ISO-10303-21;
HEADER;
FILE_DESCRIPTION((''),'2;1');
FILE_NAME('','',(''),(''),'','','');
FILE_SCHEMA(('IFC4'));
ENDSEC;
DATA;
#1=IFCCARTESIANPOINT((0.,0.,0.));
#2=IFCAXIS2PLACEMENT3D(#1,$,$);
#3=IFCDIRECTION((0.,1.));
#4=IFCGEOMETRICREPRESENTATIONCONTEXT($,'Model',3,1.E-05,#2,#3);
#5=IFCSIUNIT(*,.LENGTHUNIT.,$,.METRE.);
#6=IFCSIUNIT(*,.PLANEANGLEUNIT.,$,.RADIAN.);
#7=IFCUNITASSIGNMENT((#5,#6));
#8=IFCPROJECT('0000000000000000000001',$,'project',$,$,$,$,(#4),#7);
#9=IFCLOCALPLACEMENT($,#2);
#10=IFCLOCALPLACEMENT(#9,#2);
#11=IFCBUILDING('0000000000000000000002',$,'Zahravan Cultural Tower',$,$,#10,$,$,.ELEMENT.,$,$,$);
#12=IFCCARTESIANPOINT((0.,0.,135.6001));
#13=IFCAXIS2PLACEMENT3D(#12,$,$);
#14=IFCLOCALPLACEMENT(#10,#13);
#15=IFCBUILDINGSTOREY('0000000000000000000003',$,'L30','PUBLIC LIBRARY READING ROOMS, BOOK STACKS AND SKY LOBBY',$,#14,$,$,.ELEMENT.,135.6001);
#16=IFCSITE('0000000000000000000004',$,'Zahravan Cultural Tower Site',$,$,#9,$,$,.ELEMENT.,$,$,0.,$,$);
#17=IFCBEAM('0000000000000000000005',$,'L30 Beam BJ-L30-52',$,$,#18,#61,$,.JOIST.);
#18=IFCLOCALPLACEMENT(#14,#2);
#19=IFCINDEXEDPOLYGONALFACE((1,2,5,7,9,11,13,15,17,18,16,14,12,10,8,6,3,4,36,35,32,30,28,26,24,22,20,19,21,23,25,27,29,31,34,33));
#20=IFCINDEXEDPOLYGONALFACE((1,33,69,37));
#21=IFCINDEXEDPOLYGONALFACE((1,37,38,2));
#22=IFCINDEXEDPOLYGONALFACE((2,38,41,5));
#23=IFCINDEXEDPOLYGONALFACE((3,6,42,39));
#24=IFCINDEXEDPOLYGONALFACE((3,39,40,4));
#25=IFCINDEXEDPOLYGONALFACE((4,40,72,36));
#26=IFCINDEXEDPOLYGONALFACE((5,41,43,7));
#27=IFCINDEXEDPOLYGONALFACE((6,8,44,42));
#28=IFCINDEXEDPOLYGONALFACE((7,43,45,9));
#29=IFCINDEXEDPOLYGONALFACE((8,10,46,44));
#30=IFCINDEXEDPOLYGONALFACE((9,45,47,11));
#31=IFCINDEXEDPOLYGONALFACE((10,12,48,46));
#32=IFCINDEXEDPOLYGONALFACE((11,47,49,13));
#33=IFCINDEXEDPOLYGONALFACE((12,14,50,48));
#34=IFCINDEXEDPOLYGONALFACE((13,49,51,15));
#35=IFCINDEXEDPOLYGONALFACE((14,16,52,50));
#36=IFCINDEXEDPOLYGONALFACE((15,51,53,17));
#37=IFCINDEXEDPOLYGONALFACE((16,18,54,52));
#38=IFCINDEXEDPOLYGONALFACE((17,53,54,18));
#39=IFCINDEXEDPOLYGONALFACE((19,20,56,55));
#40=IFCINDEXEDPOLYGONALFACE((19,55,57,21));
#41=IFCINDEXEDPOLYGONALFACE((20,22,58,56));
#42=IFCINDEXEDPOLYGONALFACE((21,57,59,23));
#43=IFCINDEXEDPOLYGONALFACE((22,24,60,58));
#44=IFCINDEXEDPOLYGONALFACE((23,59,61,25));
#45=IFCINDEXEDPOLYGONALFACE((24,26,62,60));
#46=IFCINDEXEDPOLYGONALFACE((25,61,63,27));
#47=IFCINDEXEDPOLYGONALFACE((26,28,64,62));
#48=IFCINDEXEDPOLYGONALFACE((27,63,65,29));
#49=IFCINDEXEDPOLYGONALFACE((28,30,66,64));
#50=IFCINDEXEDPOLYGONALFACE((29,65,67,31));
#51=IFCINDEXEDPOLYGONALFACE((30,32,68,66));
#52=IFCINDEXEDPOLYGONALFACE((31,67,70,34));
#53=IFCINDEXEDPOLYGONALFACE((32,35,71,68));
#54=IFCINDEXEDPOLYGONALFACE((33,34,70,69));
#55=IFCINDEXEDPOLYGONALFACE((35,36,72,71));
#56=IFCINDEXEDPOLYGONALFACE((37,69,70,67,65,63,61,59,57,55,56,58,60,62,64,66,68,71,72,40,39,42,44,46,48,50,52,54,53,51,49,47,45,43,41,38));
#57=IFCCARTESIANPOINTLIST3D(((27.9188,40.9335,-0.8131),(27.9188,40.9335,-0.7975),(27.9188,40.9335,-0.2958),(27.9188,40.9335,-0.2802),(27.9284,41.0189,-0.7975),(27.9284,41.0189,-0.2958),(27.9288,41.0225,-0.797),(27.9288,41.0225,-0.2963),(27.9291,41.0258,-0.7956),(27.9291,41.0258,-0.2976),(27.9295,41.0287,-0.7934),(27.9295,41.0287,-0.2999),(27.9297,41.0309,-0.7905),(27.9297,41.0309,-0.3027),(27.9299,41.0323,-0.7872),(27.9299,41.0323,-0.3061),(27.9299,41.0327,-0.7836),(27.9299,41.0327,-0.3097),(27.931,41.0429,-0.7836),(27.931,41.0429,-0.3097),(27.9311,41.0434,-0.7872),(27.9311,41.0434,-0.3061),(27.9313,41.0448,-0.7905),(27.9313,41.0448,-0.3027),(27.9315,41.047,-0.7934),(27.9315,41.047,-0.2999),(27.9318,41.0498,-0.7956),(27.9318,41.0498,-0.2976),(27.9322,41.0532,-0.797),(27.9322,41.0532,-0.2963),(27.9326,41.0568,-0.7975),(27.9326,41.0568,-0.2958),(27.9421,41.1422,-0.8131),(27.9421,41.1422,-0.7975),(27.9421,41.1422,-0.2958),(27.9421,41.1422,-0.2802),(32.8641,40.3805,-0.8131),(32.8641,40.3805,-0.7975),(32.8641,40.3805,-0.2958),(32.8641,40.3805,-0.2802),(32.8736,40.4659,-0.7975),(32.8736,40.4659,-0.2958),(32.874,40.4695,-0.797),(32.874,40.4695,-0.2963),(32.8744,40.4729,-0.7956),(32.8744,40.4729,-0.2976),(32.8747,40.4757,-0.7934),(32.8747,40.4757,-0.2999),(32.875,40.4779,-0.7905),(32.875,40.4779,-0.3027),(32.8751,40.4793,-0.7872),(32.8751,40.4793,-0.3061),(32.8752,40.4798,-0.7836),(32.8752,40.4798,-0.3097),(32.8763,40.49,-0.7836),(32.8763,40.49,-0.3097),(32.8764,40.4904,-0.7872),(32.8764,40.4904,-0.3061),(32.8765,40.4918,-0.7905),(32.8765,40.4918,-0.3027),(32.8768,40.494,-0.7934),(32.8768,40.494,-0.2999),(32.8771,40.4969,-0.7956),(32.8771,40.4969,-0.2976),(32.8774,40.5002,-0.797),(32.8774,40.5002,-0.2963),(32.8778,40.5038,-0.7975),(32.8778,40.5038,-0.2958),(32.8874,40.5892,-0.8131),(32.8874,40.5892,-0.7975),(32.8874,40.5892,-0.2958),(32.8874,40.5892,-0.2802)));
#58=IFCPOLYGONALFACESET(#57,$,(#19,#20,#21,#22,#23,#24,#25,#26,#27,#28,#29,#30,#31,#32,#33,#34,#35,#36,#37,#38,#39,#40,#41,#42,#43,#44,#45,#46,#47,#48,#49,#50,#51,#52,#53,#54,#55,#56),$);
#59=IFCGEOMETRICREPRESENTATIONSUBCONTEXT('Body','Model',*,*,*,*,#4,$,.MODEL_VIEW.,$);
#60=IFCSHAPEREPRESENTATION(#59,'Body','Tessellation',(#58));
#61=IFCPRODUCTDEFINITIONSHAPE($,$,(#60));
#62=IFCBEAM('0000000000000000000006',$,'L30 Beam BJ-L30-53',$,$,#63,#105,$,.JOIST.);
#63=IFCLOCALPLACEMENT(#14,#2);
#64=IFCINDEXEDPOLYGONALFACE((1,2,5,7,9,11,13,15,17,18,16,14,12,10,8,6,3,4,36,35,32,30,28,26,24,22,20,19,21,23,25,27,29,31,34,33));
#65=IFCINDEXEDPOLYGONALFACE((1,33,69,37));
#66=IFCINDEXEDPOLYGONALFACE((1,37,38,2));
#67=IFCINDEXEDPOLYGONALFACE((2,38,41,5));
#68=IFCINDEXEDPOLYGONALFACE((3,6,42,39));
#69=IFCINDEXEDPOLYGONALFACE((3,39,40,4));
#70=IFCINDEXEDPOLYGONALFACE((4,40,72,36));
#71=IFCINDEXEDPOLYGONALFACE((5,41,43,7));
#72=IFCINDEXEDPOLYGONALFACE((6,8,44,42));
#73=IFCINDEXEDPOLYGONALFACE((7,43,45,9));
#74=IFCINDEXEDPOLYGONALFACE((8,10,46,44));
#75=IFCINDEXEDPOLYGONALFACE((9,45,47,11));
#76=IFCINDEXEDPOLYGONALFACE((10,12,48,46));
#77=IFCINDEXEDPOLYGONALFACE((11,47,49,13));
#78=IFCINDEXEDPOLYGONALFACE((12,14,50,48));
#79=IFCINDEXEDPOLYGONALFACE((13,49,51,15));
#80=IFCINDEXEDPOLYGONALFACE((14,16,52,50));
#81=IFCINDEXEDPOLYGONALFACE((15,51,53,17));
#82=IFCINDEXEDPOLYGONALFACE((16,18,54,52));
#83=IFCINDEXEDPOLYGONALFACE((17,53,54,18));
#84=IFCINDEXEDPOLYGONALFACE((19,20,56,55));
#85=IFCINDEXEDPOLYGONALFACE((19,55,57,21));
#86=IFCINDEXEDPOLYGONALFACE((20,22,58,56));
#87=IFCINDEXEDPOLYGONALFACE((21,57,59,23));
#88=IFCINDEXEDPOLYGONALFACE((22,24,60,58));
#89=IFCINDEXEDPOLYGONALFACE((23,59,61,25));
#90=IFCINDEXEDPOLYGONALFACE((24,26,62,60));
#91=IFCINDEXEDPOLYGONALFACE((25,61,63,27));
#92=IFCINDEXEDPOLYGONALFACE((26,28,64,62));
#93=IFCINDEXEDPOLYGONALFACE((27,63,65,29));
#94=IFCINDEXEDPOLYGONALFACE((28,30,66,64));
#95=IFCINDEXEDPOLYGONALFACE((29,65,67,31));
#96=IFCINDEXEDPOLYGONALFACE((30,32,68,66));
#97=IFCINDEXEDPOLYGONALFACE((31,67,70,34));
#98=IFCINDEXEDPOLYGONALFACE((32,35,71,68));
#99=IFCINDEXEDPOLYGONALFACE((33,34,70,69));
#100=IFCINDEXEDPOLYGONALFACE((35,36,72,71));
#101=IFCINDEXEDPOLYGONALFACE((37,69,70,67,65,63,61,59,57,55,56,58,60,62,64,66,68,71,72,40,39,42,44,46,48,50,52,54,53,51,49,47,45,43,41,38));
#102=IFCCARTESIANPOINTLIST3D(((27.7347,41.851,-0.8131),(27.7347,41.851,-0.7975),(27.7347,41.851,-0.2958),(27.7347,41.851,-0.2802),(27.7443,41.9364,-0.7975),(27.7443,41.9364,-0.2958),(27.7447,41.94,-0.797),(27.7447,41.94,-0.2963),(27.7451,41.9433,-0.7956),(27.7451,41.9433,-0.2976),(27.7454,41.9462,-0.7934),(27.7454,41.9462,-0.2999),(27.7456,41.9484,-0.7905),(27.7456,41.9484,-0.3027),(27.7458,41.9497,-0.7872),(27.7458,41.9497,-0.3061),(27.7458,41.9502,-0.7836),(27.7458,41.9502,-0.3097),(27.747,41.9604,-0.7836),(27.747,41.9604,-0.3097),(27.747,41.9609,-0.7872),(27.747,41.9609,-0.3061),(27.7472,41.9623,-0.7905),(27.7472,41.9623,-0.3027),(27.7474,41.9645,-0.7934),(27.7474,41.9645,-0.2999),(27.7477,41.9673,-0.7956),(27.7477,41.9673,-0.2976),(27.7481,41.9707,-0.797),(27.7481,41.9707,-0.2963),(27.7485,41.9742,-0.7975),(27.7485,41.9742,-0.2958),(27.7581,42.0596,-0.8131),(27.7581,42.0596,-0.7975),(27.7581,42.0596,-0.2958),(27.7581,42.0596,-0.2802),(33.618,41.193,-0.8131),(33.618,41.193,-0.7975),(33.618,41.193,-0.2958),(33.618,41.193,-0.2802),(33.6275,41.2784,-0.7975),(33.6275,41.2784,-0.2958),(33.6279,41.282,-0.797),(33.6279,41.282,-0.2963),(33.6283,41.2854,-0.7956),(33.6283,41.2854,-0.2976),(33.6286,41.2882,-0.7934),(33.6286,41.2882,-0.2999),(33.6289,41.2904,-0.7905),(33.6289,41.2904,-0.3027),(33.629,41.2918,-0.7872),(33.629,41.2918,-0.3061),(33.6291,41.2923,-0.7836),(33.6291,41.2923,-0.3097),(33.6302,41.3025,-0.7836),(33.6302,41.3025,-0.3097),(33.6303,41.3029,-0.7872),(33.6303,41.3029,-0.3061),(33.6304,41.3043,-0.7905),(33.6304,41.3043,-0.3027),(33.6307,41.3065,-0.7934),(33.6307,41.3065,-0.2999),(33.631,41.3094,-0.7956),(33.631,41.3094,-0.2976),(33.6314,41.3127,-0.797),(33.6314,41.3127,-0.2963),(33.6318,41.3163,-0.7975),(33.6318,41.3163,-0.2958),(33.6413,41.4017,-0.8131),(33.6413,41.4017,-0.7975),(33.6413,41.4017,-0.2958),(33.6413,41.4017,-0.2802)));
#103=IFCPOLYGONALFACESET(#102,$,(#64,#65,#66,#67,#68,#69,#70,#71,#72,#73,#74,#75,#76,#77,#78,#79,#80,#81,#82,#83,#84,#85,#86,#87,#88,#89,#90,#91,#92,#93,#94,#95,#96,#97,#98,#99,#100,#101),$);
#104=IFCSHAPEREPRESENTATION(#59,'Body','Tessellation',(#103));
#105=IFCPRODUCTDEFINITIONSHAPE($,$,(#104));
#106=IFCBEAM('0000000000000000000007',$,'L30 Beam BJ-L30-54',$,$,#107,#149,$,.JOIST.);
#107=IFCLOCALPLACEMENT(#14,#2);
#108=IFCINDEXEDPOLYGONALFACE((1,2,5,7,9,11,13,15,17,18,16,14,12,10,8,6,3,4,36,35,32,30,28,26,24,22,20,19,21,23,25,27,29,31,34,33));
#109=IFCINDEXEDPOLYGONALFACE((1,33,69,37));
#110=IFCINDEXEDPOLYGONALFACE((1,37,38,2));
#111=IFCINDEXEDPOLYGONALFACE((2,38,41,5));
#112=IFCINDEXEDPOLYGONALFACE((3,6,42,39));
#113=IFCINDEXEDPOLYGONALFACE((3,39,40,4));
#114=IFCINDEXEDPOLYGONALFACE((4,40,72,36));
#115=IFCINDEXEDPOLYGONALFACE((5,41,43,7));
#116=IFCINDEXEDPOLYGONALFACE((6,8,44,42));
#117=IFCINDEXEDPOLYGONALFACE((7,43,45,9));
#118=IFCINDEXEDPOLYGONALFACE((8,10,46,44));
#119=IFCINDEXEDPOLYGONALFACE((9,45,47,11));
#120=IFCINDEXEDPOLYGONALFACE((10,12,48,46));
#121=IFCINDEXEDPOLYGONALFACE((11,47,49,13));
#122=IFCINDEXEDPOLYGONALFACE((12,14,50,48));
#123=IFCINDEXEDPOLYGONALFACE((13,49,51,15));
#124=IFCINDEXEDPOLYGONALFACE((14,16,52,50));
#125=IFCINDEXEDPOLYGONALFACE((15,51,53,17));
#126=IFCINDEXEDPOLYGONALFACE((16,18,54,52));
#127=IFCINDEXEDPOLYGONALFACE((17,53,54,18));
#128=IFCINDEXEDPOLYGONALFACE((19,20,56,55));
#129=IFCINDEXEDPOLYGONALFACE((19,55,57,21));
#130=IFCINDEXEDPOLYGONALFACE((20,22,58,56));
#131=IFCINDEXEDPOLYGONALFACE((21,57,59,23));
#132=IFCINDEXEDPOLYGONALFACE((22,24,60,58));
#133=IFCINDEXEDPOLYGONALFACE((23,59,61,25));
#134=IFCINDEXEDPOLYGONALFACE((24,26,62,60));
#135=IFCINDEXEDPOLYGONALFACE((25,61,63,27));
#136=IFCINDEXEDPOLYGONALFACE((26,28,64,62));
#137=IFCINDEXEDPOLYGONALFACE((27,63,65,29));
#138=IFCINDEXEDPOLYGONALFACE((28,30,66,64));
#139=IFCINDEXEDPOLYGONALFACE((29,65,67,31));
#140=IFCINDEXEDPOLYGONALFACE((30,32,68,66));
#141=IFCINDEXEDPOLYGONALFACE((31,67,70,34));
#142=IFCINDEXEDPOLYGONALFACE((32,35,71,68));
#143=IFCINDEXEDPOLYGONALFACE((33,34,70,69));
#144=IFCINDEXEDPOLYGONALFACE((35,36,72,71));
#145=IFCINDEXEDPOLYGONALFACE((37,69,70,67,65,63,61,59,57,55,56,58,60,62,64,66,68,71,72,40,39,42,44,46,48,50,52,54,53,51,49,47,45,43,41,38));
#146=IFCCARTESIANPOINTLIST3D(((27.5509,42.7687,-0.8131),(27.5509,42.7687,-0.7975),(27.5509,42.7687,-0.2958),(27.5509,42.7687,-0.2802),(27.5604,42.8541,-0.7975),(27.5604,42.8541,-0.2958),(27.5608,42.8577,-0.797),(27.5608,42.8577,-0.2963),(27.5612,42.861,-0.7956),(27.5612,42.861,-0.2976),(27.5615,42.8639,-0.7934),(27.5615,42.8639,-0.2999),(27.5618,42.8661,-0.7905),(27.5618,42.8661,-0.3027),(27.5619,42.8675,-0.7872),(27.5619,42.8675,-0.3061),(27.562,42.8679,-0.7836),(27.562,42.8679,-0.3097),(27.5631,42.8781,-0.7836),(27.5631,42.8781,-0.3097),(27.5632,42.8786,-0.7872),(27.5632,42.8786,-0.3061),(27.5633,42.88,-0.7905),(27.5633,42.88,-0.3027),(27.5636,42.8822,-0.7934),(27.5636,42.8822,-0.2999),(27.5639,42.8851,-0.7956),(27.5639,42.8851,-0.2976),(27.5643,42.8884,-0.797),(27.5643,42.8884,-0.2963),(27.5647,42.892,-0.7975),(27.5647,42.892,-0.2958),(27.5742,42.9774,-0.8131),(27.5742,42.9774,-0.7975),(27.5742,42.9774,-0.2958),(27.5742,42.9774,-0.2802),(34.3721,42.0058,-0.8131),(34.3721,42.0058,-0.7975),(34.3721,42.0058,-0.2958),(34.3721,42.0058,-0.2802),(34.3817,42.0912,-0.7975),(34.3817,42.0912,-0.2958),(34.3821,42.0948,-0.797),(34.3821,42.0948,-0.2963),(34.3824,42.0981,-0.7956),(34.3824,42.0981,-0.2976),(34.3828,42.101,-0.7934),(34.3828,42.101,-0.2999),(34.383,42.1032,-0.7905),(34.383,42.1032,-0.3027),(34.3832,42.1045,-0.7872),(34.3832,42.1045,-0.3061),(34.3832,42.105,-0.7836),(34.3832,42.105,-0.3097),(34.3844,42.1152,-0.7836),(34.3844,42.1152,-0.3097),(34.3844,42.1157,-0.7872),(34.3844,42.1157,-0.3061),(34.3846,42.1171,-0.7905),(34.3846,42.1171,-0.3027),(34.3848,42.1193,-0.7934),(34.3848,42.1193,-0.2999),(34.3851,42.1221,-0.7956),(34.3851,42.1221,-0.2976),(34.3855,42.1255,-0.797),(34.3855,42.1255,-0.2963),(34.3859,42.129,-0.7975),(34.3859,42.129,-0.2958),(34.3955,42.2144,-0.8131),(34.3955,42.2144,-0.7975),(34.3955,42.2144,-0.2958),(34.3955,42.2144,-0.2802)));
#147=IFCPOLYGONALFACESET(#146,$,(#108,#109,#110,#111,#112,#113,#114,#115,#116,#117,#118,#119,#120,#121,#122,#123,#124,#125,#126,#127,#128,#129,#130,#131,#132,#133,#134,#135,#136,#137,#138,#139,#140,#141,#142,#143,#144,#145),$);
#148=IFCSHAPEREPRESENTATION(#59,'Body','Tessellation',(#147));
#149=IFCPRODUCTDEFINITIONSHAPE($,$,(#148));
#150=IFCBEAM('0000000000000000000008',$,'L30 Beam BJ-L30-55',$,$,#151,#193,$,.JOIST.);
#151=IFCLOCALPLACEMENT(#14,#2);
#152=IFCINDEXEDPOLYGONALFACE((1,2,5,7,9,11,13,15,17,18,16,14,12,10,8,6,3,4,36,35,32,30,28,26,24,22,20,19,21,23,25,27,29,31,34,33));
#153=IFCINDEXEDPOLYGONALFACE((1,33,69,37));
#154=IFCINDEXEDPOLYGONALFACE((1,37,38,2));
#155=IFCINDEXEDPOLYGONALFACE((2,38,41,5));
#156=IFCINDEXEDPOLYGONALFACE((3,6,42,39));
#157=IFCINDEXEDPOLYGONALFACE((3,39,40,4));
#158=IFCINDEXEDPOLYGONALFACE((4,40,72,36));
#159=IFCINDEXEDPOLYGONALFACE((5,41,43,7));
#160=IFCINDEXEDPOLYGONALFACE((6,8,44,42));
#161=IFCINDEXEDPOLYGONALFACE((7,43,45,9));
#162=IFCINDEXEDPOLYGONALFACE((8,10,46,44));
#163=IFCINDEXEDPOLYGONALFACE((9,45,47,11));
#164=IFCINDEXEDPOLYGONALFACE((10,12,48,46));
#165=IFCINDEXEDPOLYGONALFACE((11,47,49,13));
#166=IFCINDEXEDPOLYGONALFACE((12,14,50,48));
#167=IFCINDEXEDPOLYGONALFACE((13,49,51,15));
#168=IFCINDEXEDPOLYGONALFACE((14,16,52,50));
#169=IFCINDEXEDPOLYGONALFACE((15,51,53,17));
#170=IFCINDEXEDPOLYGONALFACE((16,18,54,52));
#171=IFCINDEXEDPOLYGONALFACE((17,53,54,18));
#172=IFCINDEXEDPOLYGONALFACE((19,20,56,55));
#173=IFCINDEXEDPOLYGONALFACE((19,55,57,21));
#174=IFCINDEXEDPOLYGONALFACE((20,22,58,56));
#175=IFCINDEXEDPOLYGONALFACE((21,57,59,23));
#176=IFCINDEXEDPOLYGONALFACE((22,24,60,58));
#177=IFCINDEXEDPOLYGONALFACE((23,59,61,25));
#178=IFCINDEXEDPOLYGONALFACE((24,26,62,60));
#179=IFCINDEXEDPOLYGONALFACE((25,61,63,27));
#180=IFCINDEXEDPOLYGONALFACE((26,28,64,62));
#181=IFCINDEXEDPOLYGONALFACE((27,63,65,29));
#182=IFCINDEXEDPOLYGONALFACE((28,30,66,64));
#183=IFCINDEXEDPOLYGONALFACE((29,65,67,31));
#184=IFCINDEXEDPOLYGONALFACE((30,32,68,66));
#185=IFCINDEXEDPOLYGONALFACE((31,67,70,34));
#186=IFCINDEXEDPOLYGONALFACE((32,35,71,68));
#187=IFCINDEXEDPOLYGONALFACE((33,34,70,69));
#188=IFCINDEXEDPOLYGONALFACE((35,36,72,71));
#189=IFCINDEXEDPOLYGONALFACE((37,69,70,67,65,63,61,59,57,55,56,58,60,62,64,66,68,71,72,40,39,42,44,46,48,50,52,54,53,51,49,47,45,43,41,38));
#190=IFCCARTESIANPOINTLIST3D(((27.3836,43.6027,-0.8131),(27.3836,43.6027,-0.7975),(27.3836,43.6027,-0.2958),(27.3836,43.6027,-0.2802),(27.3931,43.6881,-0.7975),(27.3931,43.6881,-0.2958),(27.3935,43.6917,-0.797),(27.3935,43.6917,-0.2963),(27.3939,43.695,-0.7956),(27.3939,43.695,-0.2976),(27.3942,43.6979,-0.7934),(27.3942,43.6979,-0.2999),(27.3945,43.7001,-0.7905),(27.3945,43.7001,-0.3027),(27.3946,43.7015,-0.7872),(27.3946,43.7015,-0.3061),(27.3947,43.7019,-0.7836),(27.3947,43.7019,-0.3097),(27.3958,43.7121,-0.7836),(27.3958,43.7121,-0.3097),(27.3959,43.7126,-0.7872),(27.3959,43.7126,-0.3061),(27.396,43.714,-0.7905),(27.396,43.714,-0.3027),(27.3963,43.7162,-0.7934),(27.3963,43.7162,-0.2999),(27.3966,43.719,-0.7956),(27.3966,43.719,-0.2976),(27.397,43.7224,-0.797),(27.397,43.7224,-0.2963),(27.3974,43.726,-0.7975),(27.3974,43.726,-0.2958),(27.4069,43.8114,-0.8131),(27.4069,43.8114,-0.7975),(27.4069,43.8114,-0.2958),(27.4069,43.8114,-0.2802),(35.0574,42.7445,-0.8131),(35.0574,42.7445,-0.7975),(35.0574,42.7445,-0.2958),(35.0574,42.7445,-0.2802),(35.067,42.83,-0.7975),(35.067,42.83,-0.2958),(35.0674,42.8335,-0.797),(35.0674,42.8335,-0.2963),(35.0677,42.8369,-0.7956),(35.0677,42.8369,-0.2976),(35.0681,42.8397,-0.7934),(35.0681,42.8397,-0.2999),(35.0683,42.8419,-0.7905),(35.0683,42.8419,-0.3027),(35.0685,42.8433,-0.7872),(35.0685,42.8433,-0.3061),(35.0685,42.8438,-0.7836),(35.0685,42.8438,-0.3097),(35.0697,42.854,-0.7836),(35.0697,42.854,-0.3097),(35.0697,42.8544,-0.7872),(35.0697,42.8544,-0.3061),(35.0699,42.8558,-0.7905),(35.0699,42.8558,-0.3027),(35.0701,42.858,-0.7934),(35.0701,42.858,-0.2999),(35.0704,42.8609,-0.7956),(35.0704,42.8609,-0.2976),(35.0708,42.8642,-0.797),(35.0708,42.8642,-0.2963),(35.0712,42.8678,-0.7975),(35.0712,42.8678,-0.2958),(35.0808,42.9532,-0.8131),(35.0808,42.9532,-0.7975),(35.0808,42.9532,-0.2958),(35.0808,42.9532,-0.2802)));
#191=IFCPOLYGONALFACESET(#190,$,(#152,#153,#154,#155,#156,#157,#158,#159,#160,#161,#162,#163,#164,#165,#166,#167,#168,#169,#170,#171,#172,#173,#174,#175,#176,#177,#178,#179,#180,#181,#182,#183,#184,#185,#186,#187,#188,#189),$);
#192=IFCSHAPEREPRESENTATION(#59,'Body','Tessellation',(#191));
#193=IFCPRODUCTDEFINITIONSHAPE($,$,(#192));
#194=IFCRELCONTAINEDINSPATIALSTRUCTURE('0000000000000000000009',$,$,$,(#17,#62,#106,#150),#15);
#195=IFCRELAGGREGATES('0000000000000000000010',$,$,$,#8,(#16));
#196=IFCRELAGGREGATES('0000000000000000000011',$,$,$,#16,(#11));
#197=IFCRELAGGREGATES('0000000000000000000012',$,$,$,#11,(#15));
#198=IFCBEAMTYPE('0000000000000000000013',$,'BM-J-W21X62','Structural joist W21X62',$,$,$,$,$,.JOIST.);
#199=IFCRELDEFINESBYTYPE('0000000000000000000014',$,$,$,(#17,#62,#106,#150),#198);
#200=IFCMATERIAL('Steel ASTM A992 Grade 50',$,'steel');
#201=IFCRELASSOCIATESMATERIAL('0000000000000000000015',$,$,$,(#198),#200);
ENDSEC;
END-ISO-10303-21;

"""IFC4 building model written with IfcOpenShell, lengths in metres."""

from ifc_helpers import new_model, si_unit, direction, frame, origin, origin_2d, place, context, subcontext, project, spatial, i_section, extrude, source, transform, mapped, material, material_profile, profile_set, type_object, element, save


model = new_model("IFC4")

# Units and contexts
model_context = context("Model", 3, precision=1e-05, world=origin(), true_north=direction((0.0, 1.0)))
body_context = subcontext(model_context, "Body", "Model", "MODEL_VIEW")
ifc_project = project(units=[si_unit("LENGTHUNIT", "METRE"), si_unit("PLANEANGLEUNIT", "RADIAN")], contexts=[model_context])

# Site, building, storey
site_placement = place(None, origin())
site = spatial("IfcSite", under=ifc_project, at=site_placement, Name="Zahravan Cultural Tower Site", CompositionType="ELEMENT", RefElevation=0.0)
building_placement = place(site_placement, origin())
building = spatial("IfcBuilding", under=site, at=building_placement, Name="Zahravan Cultural Tower", CompositionType="ELEMENT")
storey_placement = place(building_placement, frame((0.0, 0.0, 135.6001)))
storey = spatial("IfcBuildingStorey", under=building, at=storey_placement, Name="L30", Description="PUBLIC LIBRARY READING ROOMS, BOOK STACKS AND SKY LOBBY", CompositionType="ELEMENT", Elevation=135.6001)

# Shared definitions
ifc_material_1 = material(Name="Steel ASTM A992 Grade 50", Category="steel")

# Beams
ifc_material_profile_1 = material_profile(ifc_material_1, i_section(OverallWidth=0.21, OverallDepth=0.533, WebThickness=0.0103, FlangeThickness=0.0156, FilletRadius=0.0139, at=origin_2d()), Name="W21X62")
ifc_profile_set_1 = profile_set([ifc_material_profile_1], Name="Steel ASTM A992 Grade 50")
beam_type_1 = type_object("IfcBeamType", Name="BM-J-W21X62", Description="Structural joist W21X62", PredefinedType="JOIST", material=ifc_profile_set_1)
shared_shape_1 = source(origin(), body_context, "Body", "SweptSolid", [
    extrude(i_section(OverallWidth=0.21, OverallDepth=0.533, WebThickness=0.0103, FlangeThickness=0.0156, FilletRadius=0.0139, at=origin_2d()), origin(), (0.0, 0.0, 1.0), 4.9761),
])
beam_1_placement = place(storey_placement, frame((32.8757, 40.4849, -0.5466), z_axis=(-0.993806, 0.111126, 0.0), x_axis=(-0.111126, -0.993806, 0.0)))
element("IfcBeam", 1, at=beam_1_placement, inside=storey, type_object=beam_type_1, Name="L30 Beam BJ-L30-52", PredefinedType="JOIST", context=body_context, shape_type="MappedRepresentation", body=[
    mapped(shared_shape_1, transform((0.0, 0.0, 0.0), x_axis=(1.0, 0.0, 0.0), y_axis=(0.0, 1.0, 0.0), z_axis=(0.0, 0.0, 1.0), scale=1.0)),
])
shared_shape_2 = source(origin(), body_context, "Body", "SweptSolid", [
    extrude(i_section(OverallWidth=0.21, OverallDepth=0.533, WebThickness=0.0103, FlangeThickness=0.0156, FilletRadius=0.0139, at=origin_2d()), origin(), (0.0, 0.0, 1.0), 5.9199),
])
beam_2_placement = place(storey_placement, frame((33.6296, 41.2974, -0.5466), z_axis=(-0.993805, 0.111142, 0.0), x_axis=(-0.111142, -0.993805, 0.0)))
element("IfcBeam", 2, at=beam_2_placement, inside=storey, type_object=beam_type_1, Name="L30 Beam BJ-L30-53", PredefinedType="JOIST", context=body_context, shape_type="MappedRepresentation", body=[
    mapped(shared_shape_2, transform((0.0, 0.0, 0.0), x_axis=(1.0, 0.0, 0.0), y_axis=(0.0, 1.0, 0.0), z_axis=(0.0, 0.0, 1.0), scale=1.0)),
])
shared_shape_3 = source(origin(), body_context, "Body", "SweptSolid", [
    extrude(i_section(OverallWidth=0.21, OverallDepth=0.533, WebThickness=0.0103, FlangeThickness=0.0156, FilletRadius=0.0139, at=origin_2d()), origin(), (0.0, 0.0, 1.0), 6.8638),
])
beam_3_placement = place(storey_placement, frame((34.3838, 42.1101, -0.5466), z_axis=(-0.993803, 0.111154, 0.0), x_axis=(-0.111154, -0.993803, 0.0)))
element("IfcBeam", 3, at=beam_3_placement, inside=storey, type_object=beam_type_1, Name="L30 Beam BJ-L30-54", PredefinedType="JOIST", context=body_context, shape_type="MappedRepresentation", body=[
    mapped(shared_shape_3, transform((0.0, 0.0, 0.0), x_axis=(1.0, 0.0, 0.0), y_axis=(0.0, 1.0, 0.0), z_axis=(0.0, 0.0, 1.0), scale=1.0)),
])
shared_shape_4 = source(origin(), body_context, "Body", "SweptSolid", [
    extrude(i_section(OverallWidth=0.21, OverallDepth=0.533, WebThickness=0.0103, FlangeThickness=0.0156, FilletRadius=0.0139, at=origin_2d()), origin(), (0.0, 0.0, 1.0), 7.7217),
])
beam_4_placement = place(storey_placement, frame((35.0691, 42.8489, -0.5466), z_axis=(-0.993805, 0.111136, 0.0), x_axis=(-0.111136, -0.993805, 0.0)))
element("IfcBeam", 4, at=beam_4_placement, inside=storey, type_object=beam_type_1, Name="L30 Beam BJ-L30-55", PredefinedType="JOIST", context=body_context, shape_type="MappedRepresentation", body=[
    mapped(shared_shape_4, transform((0.0, 0.0, 0.0), x_axis=(1.0, 0.0, 0.0), y_axis=(0.0, 1.0, 0.0), z_axis=(0.0, 0.0, 1.0), scale=1.0)),
])

save(model, "model.ifc")
